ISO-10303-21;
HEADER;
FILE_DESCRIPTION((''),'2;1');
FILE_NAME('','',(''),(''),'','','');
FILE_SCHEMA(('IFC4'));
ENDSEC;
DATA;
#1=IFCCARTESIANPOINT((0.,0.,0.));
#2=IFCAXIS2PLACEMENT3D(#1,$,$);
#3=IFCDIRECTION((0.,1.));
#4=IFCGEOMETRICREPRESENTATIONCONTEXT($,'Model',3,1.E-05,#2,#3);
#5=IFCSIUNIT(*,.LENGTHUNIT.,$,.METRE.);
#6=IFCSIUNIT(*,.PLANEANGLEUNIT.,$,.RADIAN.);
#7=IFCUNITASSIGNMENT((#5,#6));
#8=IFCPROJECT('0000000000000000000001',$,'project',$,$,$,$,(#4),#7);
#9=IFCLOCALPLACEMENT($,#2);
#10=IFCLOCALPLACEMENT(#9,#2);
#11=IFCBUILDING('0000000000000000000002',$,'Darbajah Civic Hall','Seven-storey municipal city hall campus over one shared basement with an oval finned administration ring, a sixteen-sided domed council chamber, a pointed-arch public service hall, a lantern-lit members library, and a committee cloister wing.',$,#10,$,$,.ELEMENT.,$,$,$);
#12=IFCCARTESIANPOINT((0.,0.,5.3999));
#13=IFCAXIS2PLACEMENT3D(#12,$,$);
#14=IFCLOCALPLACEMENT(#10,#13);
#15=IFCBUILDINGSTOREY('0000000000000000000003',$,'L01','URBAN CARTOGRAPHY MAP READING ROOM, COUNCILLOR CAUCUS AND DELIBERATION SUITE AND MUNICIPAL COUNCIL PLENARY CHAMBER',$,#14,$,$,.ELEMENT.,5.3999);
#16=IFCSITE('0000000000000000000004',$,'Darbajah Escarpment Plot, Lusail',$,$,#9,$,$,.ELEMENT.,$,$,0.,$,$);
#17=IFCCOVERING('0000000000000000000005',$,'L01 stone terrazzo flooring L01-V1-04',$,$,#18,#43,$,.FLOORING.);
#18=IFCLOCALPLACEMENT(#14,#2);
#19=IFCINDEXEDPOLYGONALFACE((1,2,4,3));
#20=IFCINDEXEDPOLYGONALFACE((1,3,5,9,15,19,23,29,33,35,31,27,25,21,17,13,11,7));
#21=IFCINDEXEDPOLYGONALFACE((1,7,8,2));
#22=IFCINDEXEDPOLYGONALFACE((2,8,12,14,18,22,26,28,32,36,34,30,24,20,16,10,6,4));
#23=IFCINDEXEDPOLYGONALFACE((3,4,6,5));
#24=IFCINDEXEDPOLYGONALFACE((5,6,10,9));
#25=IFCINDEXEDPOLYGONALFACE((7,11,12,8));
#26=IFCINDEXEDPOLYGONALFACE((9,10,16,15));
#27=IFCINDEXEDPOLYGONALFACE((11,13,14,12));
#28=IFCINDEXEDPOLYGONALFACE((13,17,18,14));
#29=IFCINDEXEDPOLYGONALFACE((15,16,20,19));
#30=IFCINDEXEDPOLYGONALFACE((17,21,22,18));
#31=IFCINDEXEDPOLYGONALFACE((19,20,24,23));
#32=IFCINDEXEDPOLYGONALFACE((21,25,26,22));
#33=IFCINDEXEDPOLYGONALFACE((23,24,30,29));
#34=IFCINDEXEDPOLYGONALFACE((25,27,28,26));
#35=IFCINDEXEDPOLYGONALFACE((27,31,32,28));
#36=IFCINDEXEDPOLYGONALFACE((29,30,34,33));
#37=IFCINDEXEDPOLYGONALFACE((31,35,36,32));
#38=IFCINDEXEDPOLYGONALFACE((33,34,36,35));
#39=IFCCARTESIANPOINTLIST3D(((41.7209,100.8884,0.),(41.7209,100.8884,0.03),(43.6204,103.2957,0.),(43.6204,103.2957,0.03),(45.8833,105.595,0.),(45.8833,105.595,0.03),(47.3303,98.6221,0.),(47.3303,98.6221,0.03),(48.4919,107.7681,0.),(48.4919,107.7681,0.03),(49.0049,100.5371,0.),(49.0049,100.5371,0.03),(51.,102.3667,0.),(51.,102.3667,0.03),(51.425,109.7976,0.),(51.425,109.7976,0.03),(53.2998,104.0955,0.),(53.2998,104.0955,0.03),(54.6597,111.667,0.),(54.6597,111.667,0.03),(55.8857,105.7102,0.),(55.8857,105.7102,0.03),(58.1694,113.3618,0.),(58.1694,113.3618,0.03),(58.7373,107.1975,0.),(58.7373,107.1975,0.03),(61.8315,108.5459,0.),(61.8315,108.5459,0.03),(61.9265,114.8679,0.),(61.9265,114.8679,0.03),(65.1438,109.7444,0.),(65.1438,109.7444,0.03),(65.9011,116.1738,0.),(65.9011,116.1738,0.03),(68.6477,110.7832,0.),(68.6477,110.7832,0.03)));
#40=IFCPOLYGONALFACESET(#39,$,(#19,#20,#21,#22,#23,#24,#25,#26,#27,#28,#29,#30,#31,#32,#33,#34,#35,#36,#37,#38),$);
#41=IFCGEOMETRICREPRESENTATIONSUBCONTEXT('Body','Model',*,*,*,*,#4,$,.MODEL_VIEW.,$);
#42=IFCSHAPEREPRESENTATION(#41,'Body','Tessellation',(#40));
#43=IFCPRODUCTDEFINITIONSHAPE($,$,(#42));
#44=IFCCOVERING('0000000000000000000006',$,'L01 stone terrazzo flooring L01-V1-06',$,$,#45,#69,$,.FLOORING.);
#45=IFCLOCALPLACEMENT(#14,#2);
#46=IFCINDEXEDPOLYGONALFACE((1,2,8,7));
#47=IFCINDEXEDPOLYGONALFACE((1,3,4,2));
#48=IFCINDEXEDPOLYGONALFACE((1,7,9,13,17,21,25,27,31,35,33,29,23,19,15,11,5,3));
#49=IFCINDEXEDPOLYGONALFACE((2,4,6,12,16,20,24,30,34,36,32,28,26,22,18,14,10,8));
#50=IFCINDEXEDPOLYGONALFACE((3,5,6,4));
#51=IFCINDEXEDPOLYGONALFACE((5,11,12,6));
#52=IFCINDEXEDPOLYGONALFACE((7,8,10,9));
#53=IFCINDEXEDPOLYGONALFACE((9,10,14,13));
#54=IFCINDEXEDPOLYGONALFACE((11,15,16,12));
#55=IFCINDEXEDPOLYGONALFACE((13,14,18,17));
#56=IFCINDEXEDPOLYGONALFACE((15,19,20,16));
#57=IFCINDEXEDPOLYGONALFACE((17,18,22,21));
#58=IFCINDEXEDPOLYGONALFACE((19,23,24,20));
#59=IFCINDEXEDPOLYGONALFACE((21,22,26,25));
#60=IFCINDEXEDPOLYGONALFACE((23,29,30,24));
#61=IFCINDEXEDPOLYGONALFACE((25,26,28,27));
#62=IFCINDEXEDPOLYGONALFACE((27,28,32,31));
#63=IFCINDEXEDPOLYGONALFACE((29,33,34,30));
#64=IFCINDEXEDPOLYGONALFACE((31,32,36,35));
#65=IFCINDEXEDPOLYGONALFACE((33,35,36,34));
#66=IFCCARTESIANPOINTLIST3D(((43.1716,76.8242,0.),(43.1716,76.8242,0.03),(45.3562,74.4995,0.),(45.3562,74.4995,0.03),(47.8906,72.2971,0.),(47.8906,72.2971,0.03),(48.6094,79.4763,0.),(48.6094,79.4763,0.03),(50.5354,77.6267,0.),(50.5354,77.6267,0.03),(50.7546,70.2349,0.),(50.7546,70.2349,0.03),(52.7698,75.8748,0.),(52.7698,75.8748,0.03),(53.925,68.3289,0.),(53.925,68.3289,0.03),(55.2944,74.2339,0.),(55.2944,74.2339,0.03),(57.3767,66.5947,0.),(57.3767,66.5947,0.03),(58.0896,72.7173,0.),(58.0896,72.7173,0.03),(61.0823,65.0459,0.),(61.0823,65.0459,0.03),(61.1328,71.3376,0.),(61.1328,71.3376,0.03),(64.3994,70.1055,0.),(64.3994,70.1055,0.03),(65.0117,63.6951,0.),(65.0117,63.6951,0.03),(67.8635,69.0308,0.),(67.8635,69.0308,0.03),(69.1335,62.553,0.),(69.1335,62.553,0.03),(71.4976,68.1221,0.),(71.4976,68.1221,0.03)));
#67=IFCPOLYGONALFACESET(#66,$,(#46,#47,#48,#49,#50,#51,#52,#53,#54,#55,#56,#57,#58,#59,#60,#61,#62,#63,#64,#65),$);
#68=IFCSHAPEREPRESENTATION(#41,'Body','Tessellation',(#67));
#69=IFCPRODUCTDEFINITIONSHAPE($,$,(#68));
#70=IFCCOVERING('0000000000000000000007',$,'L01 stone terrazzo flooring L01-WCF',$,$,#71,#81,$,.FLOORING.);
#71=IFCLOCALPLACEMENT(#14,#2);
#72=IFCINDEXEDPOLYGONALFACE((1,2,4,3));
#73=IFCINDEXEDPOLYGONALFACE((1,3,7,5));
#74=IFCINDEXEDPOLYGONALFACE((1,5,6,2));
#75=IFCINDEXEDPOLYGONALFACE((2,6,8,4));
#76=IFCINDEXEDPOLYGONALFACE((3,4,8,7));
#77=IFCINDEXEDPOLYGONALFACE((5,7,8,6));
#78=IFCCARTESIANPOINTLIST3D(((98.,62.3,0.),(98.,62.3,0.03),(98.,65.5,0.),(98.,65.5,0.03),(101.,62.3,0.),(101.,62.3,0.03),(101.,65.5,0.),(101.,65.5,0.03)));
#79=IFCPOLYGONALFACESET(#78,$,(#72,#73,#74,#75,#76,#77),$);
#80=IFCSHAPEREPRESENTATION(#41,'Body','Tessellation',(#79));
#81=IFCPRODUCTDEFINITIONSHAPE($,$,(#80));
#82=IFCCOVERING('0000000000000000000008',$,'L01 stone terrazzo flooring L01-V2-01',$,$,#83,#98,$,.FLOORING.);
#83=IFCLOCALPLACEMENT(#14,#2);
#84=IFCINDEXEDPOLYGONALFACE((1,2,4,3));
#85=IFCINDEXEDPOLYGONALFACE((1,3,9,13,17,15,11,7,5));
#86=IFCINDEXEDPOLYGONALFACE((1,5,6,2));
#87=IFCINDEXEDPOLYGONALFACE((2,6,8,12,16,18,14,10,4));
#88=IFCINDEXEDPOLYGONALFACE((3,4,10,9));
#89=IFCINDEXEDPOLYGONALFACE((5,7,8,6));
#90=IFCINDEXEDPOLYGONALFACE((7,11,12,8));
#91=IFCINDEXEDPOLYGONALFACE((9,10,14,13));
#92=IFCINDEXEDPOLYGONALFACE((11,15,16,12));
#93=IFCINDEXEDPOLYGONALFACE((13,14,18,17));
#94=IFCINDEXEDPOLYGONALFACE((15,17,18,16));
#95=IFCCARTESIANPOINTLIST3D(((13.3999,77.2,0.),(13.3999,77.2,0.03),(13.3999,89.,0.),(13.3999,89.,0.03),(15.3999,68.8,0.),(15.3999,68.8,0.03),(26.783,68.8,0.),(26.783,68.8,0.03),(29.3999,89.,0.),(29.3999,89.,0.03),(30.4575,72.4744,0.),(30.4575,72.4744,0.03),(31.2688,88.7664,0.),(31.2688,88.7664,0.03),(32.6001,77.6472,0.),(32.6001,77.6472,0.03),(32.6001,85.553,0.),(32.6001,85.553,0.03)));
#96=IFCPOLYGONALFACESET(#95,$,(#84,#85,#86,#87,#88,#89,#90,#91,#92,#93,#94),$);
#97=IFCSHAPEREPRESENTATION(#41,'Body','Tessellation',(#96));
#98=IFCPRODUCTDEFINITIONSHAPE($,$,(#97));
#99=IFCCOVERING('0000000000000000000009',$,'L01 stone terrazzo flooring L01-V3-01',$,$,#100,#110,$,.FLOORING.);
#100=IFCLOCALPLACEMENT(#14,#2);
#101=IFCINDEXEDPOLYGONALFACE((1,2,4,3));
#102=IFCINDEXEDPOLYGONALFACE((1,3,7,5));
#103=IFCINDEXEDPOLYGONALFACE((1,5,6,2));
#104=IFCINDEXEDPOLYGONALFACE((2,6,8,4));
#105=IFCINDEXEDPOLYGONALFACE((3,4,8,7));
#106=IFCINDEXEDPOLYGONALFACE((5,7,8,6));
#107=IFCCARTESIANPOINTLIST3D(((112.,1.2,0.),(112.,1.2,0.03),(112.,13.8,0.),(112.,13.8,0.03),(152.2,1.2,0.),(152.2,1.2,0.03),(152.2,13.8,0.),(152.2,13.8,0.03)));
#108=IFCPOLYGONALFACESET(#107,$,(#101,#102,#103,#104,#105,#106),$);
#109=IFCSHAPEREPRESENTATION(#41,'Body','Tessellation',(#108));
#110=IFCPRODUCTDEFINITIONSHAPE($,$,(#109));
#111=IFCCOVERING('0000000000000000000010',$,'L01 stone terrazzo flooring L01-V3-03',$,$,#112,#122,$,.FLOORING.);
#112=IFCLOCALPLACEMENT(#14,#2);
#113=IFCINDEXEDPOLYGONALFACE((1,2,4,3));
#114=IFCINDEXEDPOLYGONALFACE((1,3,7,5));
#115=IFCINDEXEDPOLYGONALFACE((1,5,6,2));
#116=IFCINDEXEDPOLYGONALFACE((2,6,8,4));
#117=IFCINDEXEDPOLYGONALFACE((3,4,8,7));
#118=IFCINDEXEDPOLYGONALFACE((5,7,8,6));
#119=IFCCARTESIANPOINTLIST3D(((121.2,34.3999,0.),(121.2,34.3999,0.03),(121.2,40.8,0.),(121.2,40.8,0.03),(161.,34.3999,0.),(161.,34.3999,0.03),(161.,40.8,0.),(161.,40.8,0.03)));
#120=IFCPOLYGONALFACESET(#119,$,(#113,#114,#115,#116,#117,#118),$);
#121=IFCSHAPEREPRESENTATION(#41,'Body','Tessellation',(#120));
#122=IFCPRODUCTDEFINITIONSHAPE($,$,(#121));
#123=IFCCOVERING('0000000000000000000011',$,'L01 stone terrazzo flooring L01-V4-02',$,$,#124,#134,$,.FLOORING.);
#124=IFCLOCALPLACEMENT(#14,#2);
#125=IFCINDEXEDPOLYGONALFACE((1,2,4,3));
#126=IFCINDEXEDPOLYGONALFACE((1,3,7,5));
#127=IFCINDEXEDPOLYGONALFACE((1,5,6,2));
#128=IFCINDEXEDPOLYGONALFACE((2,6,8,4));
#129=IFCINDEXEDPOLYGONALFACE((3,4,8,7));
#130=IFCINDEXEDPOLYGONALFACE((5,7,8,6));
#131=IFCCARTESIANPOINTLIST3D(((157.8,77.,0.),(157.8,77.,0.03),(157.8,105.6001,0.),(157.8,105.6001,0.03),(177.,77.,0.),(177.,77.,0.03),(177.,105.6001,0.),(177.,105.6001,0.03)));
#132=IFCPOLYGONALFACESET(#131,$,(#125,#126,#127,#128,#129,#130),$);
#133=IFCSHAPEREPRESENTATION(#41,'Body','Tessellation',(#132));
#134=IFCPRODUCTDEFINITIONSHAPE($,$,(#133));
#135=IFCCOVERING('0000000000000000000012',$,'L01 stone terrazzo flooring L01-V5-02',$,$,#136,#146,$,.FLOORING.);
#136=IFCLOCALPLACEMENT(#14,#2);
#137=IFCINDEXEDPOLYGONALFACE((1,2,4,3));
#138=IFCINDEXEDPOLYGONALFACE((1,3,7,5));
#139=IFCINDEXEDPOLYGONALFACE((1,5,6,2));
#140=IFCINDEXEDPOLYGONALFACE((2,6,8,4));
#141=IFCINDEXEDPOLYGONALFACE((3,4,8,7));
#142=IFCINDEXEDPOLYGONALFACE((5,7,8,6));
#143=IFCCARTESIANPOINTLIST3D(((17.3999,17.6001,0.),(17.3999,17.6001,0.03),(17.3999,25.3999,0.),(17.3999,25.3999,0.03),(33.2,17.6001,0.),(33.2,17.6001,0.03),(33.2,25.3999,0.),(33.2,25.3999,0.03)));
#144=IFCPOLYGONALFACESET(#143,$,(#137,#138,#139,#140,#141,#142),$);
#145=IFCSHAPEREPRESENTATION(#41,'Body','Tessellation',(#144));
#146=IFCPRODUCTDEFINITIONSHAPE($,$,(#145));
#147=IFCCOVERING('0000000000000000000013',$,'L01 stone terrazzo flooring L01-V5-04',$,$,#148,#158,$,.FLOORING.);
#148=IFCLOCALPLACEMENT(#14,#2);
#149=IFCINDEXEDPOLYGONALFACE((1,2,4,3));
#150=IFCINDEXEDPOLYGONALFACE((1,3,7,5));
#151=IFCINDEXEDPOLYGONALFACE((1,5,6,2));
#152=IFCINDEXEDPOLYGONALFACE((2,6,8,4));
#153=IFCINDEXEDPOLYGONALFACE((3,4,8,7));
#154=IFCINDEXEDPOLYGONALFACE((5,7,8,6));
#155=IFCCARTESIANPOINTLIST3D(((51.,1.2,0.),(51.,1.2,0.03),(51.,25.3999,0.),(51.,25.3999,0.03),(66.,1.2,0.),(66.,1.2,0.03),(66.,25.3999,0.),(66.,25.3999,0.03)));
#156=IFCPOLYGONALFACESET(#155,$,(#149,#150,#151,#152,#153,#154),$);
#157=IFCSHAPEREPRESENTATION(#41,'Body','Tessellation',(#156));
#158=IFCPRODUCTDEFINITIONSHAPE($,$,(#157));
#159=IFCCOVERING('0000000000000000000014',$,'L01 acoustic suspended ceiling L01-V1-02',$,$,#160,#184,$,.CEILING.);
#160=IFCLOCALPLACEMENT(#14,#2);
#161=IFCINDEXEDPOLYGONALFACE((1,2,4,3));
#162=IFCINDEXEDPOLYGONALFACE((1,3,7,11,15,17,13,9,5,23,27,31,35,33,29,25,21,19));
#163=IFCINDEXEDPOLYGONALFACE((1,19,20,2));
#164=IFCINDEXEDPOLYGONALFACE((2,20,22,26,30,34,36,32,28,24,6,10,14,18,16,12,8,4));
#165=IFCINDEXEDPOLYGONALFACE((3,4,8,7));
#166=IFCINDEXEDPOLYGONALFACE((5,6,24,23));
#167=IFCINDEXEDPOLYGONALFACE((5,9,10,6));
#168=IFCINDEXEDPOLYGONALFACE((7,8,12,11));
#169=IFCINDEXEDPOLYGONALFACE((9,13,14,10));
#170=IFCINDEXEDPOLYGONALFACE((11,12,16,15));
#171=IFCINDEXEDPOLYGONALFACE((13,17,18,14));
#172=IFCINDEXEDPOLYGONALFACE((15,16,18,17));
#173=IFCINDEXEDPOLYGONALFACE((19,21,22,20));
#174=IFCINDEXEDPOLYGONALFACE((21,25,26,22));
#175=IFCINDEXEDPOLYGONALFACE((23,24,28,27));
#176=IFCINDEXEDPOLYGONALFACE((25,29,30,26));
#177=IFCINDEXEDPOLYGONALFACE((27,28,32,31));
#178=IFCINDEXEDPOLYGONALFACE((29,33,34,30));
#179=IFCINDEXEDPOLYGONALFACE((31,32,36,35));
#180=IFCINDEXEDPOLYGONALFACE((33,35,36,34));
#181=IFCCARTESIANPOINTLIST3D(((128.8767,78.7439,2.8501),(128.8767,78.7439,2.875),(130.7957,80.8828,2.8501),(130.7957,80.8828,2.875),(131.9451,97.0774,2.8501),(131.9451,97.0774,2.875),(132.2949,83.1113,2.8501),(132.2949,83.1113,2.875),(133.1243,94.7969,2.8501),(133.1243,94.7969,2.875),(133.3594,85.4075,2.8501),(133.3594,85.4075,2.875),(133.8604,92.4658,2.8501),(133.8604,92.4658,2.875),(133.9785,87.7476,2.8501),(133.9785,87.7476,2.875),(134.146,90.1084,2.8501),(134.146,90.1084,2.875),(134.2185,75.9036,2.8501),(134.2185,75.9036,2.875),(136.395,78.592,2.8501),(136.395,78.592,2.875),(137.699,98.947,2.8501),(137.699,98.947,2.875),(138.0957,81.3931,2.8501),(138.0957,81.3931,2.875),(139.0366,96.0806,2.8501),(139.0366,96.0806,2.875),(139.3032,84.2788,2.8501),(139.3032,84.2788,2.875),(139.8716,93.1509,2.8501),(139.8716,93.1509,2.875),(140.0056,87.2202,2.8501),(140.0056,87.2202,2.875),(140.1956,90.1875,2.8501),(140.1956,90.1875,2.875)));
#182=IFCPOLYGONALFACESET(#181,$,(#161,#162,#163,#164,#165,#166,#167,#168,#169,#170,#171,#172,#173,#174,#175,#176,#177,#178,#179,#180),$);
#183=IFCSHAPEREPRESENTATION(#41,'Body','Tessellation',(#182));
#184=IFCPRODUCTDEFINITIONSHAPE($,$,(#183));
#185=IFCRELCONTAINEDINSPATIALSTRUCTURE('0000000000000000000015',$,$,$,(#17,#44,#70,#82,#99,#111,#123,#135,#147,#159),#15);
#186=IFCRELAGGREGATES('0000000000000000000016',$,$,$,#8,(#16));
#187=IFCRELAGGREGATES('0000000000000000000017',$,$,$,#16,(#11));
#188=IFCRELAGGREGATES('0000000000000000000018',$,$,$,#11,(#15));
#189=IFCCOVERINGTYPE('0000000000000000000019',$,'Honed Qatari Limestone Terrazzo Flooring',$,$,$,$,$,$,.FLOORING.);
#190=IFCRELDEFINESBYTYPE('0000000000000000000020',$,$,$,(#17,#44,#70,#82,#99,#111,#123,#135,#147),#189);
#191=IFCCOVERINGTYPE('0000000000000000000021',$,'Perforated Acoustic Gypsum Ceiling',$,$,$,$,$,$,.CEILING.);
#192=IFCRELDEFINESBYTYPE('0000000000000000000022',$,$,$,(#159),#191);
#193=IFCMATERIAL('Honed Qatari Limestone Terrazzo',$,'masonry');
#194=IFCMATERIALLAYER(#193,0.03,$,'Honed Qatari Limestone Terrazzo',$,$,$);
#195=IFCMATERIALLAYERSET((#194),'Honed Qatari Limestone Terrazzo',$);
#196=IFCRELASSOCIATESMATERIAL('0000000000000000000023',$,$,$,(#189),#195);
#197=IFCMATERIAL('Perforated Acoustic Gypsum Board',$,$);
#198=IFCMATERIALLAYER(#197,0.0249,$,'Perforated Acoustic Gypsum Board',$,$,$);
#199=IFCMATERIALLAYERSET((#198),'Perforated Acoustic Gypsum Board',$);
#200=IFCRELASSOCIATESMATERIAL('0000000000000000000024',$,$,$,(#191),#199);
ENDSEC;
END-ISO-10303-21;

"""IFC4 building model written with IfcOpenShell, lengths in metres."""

from ifc_helpers import new_model, si_unit, direction, frame, origin, place, context, subcontext, project, spatial, polyline, outline, extrude, material, layer, layer_set, type_object, element, save


model = new_model("IFC4")

# Units and contexts
model_context = context("Model", 3, precision=1e-05, world=origin(), true_north=direction((0.0, 1.0)))
body_context = subcontext(model_context, "Body", "Model", "MODEL_VIEW")
ifc_project = project(units=[si_unit("LENGTHUNIT", "METRE"), si_unit("PLANEANGLEUNIT", "RADIAN")], contexts=[model_context])

# Site, building, storey
site_placement = place(None, origin())
site = spatial("IfcSite", under=ifc_project, at=site_placement, Name="Darbajah Escarpment Plot, Lusail", CompositionType="ELEMENT", RefElevation=0.0)
building_placement = place(site_placement, origin())
building = spatial("IfcBuilding", under=site, at=building_placement, Name="Darbajah Civic Hall", Description="Seven-storey municipal city hall campus over one shared basement with an oval finned administration ring, a sixteen-sided domed council chamber, a pointed-arch public service hall, a lantern-lit members library, and a committee cloister wing.", CompositionType="ELEMENT")
storey_placement = place(building_placement, frame((0.0, 0.0, 5.3999)))
storey = spatial("IfcBuildingStorey", under=building, at=storey_placement, Name="L01", Description="URBAN CARTOGRAPHY MAP READING ROOM, COUNCILLOR CAUCUS AND DELIBERATION SUITE AND MUNICIPAL COUNCIL PLENARY CHAMBER", CompositionType="ELEMENT", Elevation=5.3999)

# Coverings
ifc_material_1 = material(Name="Honed Qatari Limestone Terrazzo", Category="masonry")
ifc_layer_1 = layer(ifc_material_1, 0.03, Name="Honed Qatari Limestone Terrazzo")
ifc_layer_set_1 = layer_set([ifc_layer_1], Name="Honed Qatari Limestone Terrazzo")
covering_type_1 = type_object("IfcCoveringType", Name="Honed Qatari Limestone Terrazzo Flooring", PredefinedType="FLOORING", material=ifc_layer_set_1)
covering_1_placement = place(storey_placement, origin())
element("IfcCovering", 1, at=covering_1_placement, inside=storey, type_object=covering_type_1, Name="L01 stone terrazzo flooring L01-V1-04", PredefinedType="FLOORING", context=body_context, shape_type="SweptSolid", body=[
    extrude(outline(polyline([(65.9011, 116.1738), (61.9265, 114.8679), (58.1694, 113.3618), (54.6597, 111.667), (51.425, 109.7976), (48.4919, 107.7681), (45.8833, 105.595), (43.6204, 103.2957), (41.7209, 100.8884), (47.3303, 98.6221), (49.0049, 100.5371), (51.0, 102.3667), (53.2998, 104.0955), (55.8857, 105.7102), (58.7373, 107.1975), (61.8315, 108.5459), (65.1438, 109.7444), (68.6477, 110.7832), (65.9011, 116.1738)])), origin(), (0.0, 0.0, 1.0), 0.03),
])
covering_2_placement = place(storey_placement, origin())
element("IfcCovering", 2, at=covering_2_placement, inside=storey, type_object=covering_type_1, Name="L01 stone terrazzo flooring L01-V1-06", PredefinedType="FLOORING", context=body_context, shape_type="SweptSolid", body=[
    extrude(outline(polyline([(43.1716, 76.8242), (45.3562, 74.4995), (47.8906, 72.2971), (50.7546, 70.2349), (53.925, 68.3289), (57.3767, 66.5947), (61.0823, 65.0459), (65.0117, 63.6951), (69.1335, 62.553), (71.4976, 68.1221), (67.8635, 69.0308), (64.3994, 70.1055), (61.1328, 71.3376), (58.0896, 72.7173), (55.2944, 74.2339), (52.7698, 75.8748), (50.5354, 77.6267), (48.6094, 79.4763), (43.1716, 76.8242)])), origin(), (0.0, 0.0, 1.0), 0.03),
])
covering_3_placement = place(storey_placement, origin())
element("IfcCovering", 3, at=covering_3_placement, inside=storey, type_object=covering_type_1, Name="L01 stone terrazzo flooring L01-WCF", PredefinedType="FLOORING", context=body_context, shape_type="SweptSolid", body=[
    extrude(outline(polyline([(98.0, 62.3), (101.0, 62.3), (101.0, 65.5), (98.0, 65.5), (98.0, 62.3)])), origin(), (0.0, 0.0, 1.0), 0.03),
])
covering_4_placement = place(storey_placement, origin())
element("IfcCovering", 4, at=covering_4_placement, inside=storey, type_object=covering_type_1, Name="L01 stone terrazzo flooring L01-V2-01", PredefinedType="FLOORING", context=body_context, shape_type="SweptSolid", body=[
    extrude(outline(polyline([(13.3999, 77.2), (13.3999, 89.0), (29.3999, 89.0), (31.2688, 88.7664), (32.6001, 85.553), (32.6001, 77.6472), (30.4575, 72.4744), (26.783, 68.8), (15.3999, 68.8), (13.3999, 77.2)])), origin(), (0.0, 0.0, 1.0), 0.03),
])
covering_5_placement = place(storey_placement, origin())
element("IfcCovering", 5, at=covering_5_placement, inside=storey, type_object=covering_type_1, Name="L01 stone terrazzo flooring L01-V3-01", PredefinedType="FLOORING", context=body_context, shape_type="SweptSolid", body=[
    extrude(outline(polyline([(112.0, 1.2), (152.2, 1.2), (152.2, 13.8), (112.0, 13.8), (112.0, 1.2)])), origin(), (0.0, 0.0, 1.0), 0.03),
])
covering_6_placement = place(storey_placement, origin())
element("IfcCovering", 6, at=covering_6_placement, inside=storey, type_object=covering_type_1, Name="L01 stone terrazzo flooring L01-V3-03", PredefinedType="FLOORING", context=body_context, shape_type="SweptSolid", body=[
    extrude(outline(polyline([(121.2, 34.3999), (161.0, 34.3999), (161.0, 40.8), (121.2, 40.8), (121.2, 34.3999)])), origin(), (0.0, 0.0, 1.0), 0.03),
])
covering_7_placement = place(storey_placement, origin())
element("IfcCovering", 7, at=covering_7_placement, inside=storey, type_object=covering_type_1, Name="L01 stone terrazzo flooring L01-V4-02", PredefinedType="FLOORING", context=body_context, shape_type="SweptSolid", body=[
    extrude(outline(polyline([(157.8, 77.0), (177.0, 77.0), (177.0, 105.6001), (157.8, 105.6001), (157.8, 77.0)])), origin(), (0.0, 0.0, 1.0), 0.03),
])
covering_8_placement = place(storey_placement, origin())
element("IfcCovering", 8, at=covering_8_placement, inside=storey, type_object=covering_type_1, Name="L01 stone terrazzo flooring L01-V5-02", PredefinedType="FLOORING", context=body_context, shape_type="SweptSolid", body=[
    extrude(outline(polyline([(17.3999, 17.6001), (33.2, 17.6001), (33.2, 25.3999), (17.3999, 25.3999), (17.3999, 17.6001)])), origin(), (0.0, 0.0, 1.0), 0.03),
])
covering_9_placement = place(storey_placement, origin())
element("IfcCovering", 9, at=covering_9_placement, inside=storey, type_object=covering_type_1, Name="L01 stone terrazzo flooring L01-V5-04", PredefinedType="FLOORING", context=body_context, shape_type="SweptSolid", body=[
    extrude(outline(polyline([(51.0, 1.2), (66.0, 1.2), (66.0, 25.3999), (51.0, 25.3999), (51.0, 1.2)])), origin(), (0.0, 0.0, 1.0), 0.03),
])
ifc_material_2 = material(Name="Perforated Acoustic Gypsum Board")
ifc_layer_2 = layer(ifc_material_2, 0.0249, Name="Perforated Acoustic Gypsum Board")
ifc_layer_set_2 = layer_set([ifc_layer_2], Name="Perforated Acoustic Gypsum Board")
covering_type_2 = type_object("IfcCoveringType", Name="Perforated Acoustic Gypsum Ceiling", PredefinedType="CEILING", material=ifc_layer_set_2)
covering_10_placement = place(storey_placement, frame((0.0, 0.0, 2.8501)))
element("IfcCovering", 10, at=covering_10_placement, inside=storey, type_object=covering_type_2, Name="L01 acoustic suspended ceiling L01-V1-02", PredefinedType="CEILING", context=body_context, shape_type="SweptSolid", body=[
    extrude(outline(polyline([(134.2185, 75.9036), (136.395, 78.592), (138.0957, 81.3931), (139.3032, 84.2788), (140.0056, 87.2202), (140.1956, 90.1875), (139.8716, 93.1509), (139.0366, 96.0806), (137.699, 98.947), (131.9451, 97.0774), (133.1243, 94.7969), (133.8604, 92.4658), (134.146, 90.1084), (133.9785, 87.7476), (133.3594, 85.4075), (132.2949, 83.1113), (130.7957, 80.8828), (128.8767, 78.7439), (134.2185, 75.9036)])), origin(), (0.0, 0.0, 1.0), 0.0249),
])

save(model, "model.ifc")
